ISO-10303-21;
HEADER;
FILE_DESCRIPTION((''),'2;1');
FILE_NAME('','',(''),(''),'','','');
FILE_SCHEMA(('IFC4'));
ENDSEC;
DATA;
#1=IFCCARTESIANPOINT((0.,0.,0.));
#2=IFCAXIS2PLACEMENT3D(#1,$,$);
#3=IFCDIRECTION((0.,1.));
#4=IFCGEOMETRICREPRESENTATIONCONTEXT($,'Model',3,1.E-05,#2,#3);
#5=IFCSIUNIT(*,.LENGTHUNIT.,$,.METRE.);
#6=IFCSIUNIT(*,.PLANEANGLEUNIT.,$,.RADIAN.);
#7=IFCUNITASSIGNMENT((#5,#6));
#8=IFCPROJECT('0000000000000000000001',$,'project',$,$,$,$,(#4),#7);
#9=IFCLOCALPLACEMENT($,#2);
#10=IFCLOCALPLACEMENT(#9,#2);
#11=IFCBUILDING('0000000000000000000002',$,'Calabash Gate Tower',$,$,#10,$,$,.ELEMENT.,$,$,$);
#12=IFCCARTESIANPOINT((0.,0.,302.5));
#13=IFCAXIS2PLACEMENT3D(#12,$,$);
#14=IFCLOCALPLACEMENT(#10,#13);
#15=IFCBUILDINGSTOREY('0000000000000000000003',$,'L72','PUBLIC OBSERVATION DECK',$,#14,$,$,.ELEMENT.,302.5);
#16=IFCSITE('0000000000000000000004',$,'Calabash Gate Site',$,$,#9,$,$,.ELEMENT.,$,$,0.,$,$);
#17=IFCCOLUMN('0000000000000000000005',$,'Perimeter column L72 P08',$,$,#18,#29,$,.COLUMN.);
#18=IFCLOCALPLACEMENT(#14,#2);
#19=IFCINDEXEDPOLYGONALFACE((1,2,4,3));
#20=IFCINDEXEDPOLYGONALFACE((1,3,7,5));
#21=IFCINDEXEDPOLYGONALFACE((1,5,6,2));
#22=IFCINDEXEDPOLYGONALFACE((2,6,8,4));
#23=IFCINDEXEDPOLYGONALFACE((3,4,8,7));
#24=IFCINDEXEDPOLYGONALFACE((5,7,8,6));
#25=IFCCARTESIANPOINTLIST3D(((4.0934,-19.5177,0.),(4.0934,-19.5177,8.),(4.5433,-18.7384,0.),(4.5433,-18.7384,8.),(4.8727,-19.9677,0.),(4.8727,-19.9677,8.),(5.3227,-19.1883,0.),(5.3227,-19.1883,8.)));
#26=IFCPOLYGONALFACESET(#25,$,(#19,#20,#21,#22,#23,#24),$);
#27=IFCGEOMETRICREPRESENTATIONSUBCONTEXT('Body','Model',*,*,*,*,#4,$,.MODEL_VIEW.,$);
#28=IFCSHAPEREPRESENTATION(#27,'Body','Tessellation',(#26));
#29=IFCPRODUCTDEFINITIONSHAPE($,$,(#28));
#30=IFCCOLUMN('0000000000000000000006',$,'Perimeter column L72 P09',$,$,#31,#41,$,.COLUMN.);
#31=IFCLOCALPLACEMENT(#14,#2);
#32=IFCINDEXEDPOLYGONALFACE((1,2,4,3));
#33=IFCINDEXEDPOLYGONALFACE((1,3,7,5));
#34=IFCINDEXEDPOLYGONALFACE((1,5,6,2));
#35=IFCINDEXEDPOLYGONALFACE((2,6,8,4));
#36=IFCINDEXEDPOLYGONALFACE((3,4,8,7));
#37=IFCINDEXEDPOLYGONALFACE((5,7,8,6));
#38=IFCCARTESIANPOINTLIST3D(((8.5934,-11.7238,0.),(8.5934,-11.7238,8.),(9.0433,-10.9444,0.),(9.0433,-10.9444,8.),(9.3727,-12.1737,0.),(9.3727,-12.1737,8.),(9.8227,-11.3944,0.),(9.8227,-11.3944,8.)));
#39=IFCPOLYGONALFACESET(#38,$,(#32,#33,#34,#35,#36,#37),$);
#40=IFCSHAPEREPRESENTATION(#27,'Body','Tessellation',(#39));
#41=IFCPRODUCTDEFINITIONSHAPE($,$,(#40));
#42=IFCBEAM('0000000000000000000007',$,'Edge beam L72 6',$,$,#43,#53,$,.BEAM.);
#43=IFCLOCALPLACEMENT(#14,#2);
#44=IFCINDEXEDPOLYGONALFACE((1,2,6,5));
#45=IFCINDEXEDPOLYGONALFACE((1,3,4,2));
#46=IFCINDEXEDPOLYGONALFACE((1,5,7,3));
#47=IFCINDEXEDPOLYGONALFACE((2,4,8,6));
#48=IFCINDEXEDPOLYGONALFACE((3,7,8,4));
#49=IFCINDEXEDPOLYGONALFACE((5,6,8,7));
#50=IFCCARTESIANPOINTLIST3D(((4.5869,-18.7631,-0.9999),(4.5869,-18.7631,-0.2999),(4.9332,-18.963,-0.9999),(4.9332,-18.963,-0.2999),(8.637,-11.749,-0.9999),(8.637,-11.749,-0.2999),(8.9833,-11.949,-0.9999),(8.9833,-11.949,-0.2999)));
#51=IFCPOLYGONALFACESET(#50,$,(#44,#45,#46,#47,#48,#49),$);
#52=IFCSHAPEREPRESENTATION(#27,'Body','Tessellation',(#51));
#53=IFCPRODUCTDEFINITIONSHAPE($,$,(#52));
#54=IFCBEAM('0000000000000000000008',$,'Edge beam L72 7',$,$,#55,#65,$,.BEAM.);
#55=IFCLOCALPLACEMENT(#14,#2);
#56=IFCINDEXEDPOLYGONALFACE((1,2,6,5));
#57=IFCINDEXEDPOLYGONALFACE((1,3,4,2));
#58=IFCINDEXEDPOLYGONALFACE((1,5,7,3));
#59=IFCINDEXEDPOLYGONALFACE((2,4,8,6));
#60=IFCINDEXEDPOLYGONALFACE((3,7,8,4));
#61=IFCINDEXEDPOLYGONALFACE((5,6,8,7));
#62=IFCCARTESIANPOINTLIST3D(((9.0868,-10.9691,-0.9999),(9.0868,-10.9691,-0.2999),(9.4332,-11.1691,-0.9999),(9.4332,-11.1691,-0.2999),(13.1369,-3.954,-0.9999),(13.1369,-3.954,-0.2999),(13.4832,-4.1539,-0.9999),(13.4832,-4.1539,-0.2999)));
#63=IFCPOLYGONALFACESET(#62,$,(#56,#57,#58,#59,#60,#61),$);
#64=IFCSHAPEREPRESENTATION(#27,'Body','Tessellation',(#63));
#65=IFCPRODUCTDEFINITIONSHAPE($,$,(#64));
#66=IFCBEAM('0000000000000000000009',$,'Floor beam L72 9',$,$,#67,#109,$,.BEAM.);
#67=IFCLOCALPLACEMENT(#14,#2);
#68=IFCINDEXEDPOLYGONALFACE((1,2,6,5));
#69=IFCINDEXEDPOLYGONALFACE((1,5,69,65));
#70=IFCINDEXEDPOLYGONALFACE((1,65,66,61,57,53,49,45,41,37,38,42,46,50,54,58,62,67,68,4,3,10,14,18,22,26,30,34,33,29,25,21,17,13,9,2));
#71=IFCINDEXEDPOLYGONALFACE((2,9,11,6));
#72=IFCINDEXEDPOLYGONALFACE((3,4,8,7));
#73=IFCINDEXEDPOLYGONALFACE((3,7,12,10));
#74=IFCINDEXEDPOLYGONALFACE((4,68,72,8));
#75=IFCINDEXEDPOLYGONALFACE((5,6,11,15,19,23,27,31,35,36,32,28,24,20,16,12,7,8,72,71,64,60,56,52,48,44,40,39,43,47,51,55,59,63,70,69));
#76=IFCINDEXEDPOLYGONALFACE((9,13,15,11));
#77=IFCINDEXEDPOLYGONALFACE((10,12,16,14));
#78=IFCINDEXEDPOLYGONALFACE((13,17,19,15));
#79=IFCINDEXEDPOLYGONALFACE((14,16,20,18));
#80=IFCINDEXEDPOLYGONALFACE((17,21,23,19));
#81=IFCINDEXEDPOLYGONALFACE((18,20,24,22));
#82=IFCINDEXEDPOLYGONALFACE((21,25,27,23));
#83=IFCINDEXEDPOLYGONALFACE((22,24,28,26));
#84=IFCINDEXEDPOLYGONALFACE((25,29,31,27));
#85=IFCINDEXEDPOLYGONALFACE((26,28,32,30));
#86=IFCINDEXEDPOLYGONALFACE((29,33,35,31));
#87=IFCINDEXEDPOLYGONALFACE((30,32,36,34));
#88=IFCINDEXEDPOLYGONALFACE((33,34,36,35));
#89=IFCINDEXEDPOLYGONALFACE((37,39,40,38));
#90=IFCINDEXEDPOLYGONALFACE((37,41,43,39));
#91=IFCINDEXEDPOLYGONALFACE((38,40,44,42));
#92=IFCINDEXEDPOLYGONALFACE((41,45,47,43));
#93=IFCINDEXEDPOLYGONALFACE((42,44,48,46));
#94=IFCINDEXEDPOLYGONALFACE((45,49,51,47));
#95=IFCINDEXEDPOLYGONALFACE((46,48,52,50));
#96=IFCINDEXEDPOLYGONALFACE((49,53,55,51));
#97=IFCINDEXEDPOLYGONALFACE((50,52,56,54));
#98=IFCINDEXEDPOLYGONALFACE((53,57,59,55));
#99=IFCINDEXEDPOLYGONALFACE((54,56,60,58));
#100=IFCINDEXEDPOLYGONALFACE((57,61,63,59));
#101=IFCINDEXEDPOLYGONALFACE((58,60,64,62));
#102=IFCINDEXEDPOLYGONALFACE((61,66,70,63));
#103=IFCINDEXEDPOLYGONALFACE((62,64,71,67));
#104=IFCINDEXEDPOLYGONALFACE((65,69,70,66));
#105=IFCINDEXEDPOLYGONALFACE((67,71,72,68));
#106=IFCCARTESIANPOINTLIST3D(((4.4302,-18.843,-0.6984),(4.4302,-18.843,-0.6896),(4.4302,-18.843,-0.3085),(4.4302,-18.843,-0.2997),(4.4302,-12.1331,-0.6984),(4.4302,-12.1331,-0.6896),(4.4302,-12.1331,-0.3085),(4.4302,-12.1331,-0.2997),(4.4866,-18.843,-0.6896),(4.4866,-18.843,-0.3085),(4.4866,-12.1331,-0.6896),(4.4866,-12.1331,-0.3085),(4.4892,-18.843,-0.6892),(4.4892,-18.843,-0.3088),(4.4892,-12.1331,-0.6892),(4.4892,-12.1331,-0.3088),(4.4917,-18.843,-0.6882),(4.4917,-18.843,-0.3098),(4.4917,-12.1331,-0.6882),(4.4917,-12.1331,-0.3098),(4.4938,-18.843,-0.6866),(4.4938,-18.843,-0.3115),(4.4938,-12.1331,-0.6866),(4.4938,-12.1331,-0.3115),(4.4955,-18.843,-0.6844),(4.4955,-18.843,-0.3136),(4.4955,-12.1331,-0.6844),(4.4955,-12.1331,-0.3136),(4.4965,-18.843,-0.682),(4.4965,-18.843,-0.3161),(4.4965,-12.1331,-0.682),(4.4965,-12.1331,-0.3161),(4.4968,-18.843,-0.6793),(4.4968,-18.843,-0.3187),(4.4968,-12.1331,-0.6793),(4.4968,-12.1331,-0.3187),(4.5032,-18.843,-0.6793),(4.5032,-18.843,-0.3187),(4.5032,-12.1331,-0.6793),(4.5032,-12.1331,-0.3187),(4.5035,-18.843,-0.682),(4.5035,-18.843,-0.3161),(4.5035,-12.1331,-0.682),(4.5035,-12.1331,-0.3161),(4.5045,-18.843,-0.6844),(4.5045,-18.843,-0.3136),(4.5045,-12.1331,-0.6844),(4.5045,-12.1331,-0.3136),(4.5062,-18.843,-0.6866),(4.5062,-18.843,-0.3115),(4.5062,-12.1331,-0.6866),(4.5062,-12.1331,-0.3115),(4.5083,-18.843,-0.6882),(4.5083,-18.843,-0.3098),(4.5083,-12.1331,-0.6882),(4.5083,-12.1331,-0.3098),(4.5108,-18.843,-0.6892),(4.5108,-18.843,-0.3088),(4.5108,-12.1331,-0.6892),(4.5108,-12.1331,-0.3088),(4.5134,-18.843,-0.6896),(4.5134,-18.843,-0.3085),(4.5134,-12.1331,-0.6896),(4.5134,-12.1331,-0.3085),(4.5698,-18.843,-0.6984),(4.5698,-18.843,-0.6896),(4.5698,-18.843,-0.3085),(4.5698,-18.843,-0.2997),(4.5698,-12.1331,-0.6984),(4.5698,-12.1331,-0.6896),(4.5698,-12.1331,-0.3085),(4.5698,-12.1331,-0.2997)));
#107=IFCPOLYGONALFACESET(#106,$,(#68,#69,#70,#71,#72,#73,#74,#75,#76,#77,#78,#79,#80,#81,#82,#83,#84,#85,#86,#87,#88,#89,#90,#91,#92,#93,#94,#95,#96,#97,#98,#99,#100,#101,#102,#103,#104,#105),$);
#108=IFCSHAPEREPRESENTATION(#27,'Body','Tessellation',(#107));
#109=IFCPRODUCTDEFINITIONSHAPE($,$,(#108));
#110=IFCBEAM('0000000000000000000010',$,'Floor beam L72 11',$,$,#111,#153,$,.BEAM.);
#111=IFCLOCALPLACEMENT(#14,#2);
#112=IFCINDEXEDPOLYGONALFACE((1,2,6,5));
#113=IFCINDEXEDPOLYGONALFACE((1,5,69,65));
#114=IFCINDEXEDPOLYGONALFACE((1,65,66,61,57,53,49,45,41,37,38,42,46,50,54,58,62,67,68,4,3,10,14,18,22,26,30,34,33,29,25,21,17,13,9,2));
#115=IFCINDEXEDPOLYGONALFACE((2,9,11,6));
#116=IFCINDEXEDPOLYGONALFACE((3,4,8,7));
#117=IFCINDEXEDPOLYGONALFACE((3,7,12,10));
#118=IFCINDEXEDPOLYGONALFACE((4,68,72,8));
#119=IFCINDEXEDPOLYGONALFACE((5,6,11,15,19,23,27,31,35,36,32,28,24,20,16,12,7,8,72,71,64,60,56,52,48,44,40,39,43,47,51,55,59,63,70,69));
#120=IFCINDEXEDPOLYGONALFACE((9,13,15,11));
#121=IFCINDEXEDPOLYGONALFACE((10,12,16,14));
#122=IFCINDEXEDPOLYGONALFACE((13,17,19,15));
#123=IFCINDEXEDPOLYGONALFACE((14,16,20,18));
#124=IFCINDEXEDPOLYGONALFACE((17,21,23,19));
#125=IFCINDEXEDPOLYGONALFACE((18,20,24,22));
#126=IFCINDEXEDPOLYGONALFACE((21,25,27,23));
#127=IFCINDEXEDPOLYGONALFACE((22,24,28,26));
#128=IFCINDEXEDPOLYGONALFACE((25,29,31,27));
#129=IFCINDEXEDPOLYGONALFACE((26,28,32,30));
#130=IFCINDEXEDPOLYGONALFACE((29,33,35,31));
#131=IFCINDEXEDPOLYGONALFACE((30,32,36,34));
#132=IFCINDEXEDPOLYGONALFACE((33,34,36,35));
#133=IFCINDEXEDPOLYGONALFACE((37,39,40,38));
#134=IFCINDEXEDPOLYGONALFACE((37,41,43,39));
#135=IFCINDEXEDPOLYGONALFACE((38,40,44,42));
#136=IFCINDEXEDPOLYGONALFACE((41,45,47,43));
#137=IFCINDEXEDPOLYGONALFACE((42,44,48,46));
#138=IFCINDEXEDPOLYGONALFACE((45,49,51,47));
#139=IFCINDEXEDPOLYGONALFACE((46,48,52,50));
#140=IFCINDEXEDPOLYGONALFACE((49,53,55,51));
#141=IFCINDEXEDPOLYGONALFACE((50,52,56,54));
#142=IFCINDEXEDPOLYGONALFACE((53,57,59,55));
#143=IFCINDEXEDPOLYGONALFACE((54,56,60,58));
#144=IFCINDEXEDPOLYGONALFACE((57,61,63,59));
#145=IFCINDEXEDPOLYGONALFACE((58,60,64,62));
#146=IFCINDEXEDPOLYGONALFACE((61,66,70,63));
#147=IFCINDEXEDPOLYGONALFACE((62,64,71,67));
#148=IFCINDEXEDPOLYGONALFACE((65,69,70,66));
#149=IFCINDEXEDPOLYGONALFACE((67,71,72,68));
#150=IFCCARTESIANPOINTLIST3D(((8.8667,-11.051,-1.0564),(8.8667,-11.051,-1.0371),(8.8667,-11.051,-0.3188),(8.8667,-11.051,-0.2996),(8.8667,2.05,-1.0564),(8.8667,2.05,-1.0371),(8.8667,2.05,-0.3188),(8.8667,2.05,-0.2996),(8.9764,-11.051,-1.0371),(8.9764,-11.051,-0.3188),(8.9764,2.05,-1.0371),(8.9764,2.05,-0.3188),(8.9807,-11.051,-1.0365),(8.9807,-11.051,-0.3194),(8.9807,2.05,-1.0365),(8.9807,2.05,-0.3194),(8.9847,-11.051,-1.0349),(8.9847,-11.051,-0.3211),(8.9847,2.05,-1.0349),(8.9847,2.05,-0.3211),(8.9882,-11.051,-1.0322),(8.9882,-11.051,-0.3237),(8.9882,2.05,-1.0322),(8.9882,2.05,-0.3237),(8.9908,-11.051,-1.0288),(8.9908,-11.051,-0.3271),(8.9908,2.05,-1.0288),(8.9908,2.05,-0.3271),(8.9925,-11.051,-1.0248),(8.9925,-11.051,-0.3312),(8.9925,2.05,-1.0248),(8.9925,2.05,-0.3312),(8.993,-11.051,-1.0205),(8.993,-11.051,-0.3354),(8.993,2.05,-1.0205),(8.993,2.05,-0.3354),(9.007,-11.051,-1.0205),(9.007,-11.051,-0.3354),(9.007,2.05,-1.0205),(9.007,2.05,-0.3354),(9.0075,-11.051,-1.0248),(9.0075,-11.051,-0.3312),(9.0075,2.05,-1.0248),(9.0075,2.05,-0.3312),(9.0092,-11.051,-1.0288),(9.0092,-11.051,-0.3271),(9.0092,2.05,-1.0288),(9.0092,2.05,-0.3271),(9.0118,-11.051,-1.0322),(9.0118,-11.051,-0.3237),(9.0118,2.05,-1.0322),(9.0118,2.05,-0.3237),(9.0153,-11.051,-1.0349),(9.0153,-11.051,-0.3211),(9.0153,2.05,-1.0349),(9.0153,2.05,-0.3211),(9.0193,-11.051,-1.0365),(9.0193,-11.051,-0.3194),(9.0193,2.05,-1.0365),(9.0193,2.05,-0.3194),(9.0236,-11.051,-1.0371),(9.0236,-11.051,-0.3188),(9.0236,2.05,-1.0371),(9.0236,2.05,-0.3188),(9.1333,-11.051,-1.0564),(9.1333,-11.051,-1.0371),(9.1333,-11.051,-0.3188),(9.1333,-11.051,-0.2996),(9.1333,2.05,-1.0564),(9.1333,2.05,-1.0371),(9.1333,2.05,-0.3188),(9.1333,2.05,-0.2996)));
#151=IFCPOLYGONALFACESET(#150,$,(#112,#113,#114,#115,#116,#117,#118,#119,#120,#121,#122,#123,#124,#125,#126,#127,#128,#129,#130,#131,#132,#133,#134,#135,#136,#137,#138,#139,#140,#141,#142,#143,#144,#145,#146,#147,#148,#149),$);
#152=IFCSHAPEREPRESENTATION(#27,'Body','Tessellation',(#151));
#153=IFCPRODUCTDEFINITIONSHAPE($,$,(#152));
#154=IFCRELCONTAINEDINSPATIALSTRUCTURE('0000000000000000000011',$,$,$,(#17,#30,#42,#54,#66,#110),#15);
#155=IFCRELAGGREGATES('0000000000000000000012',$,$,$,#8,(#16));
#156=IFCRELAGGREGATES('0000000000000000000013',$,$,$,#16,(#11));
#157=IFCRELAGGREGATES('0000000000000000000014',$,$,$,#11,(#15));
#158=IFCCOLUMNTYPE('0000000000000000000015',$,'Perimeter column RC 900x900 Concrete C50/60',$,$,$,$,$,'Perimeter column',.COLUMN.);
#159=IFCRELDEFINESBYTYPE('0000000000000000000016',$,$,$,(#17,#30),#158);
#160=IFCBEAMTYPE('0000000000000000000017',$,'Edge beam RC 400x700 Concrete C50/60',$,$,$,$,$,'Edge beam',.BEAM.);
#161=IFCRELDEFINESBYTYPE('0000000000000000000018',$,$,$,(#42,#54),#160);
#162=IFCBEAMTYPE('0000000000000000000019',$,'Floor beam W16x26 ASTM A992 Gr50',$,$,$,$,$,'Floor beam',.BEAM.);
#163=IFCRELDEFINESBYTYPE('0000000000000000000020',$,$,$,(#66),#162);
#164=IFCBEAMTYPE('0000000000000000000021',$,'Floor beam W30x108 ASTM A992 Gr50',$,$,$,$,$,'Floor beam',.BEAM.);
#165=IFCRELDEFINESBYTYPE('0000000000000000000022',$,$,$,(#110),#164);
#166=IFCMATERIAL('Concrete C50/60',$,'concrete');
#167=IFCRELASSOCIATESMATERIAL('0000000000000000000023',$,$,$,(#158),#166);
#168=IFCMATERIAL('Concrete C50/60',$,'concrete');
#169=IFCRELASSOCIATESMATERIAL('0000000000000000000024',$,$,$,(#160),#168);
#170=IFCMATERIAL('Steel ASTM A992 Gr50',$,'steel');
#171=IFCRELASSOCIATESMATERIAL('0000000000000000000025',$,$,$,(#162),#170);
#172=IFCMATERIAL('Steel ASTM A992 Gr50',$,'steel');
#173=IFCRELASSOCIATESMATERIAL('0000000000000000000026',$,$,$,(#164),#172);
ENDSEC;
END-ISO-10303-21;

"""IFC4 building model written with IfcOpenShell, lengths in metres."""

from ifc_helpers import new_model, si_unit, direction, frame, origin, origin_2d, place, context, subcontext, project, spatial, rectangle, i_section, extrude, material, material_profile, profile_set, type_object, element, save


model = new_model("IFC4")

# Units and contexts
model_context = context("Model", 3, precision=1e-05, world=origin(), true_north=direction((0.0, 1.0)))
body_context = subcontext(model_context, "Body", "Model", "MODEL_VIEW")
ifc_project = project(units=[si_unit("LENGTHUNIT", "METRE"), si_unit("PLANEANGLEUNIT", "RADIAN")], contexts=[model_context])

# Site, building, storey
site_placement = place(None, origin())
site = spatial("IfcSite", under=ifc_project, at=site_placement, Name="Calabash Gate Site", CompositionType="ELEMENT", RefElevation=0.0)
building_placement = place(site_placement, origin())
building = spatial("IfcBuilding", under=site, at=building_placement, Name="Calabash Gate Tower", CompositionType="ELEMENT")
storey_placement = place(building_placement, frame((0.0, 0.0, 302.5)))
storey = spatial("IfcBuildingStorey", under=building, at=storey_placement, Name="L72", Description="PUBLIC OBSERVATION DECK", CompositionType="ELEMENT", Elevation=302.5)

# Columns
ifc_material_1 = material(Name="Concrete C50/60", Category="concrete")
ifc_material_profile_1 = material_profile(ifc_material_1, rectangle(XDim=0.8999, YDim=0.8999, at=origin_2d()))
ifc_profile_set_1 = profile_set([ifc_material_profile_1], Name="Concrete C50/60")
column_type = type_object("IfcColumnType", Name="Perimeter column RC 900x900 Concrete C50/60", ElementType="Perimeter column", PredefinedType="COLUMN", material=ifc_profile_set_1)
for number, where, z_axis, x_axis, name in (
    (1, (4.708, -19.353, 0.0), (0.0, 0.0, 1.0), (0.5, 0.866025, 0.0), "Perimeter column L72 P08"),
    (2, (9.208, -11.5591, 0.0), (0.0, 0.0, 1.0), (0.5, 0.866025, 0.0), "Perimeter column L72 P09"),
):
    element("IfcColumn", number, at=place(storey_placement, frame(where, z_axis=z_axis, x_axis=x_axis)), inside=storey, type_object=column_type, Name=name, PredefinedType="COLUMN", context=body_context, shape_type="SweptSolid", body=[
        extrude(rectangle(XDim=0.8999, YDim=0.8999, at=origin_2d()), origin(), (0.0, 0.0, 1.0), 8.0),
    ])

# Beams
ifc_material_2 = material(Name="Concrete C50/60", Category="concrete")
ifc_material_profile_2 = material_profile(ifc_material_2, rectangle(XDim=0.3999, YDim=0.7, at=origin_2d()))
ifc_profile_set_2 = profile_set([ifc_material_profile_2], Name="Concrete C50/60")
beam_type_1 = type_object("IfcBeamType", Name="Edge beam RC 400x700 Concrete C50/60", ElementType="Edge beam", PredefinedType="BEAM", material=ifc_profile_set_2)
beam_1_placement = place(storey_placement, frame((4.76, -18.863, -0.6499), z_axis=(0.500052, 0.865995, 0.0), x_axis=(-0.865995, 0.500052, 0.0)))
element("IfcBeam", 3, at=beam_1_placement, inside=storey, type_object=beam_type_1, Name="Edge beam L72 6", PredefinedType="BEAM", context=body_context, shape_type="SweptSolid", body=[
    extrude(rectangle(XDim=0.3999, YDim=0.7, at=origin_2d()), origin(), (0.0, 0.0, 1.0), 8.0994),
])
beam_2_placement = place(storey_placement, frame((9.26, -11.0691, -0.6499), z_axis=(0.499987, 0.866033, 0.0), x_axis=(-0.866033, 0.499987, 0.0)))
element("IfcBeam", 4, at=beam_2_placement, inside=storey, type_object=beam_type_1, Name="Edge beam L72 7", PredefinedType="BEAM", context=body_context, shape_type="SweptSolid", body=[
    extrude(rectangle(XDim=0.3999, YDim=0.7, at=origin_2d()), origin(), (0.0, 0.0, 1.0), 8.1003),
])
ifc_material_3 = material(Name="Steel ASTM A992 Gr50", Category="steel")
ifc_material_profile_3 = material_profile(ifc_material_3, i_section(OverallWidth=0.1396, OverallDepth=0.3987, WebThickness=0.0063, FlangeThickness=0.0088, FilletRadius=0.0103, at=origin_2d()))
ifc_profile_set_3 = profile_set([ifc_material_profile_3], Name="Steel ASTM A992 Gr50")
beam_type_2 = type_object("IfcBeamType", Name="Floor beam W16x26 ASTM A992 Gr50", ElementType="Floor beam", PredefinedType="BEAM", material=ifc_profile_set_3)
beam_3_placement = place(storey_placement, frame((4.5, -18.843, -0.499), z_axis=(0.0, 1.0, 0.0), x_axis=(-1.0, 0.0, 0.0)))
element("IfcBeam", 5, at=beam_3_placement, inside=storey, type_object=beam_type_2, Name="Floor beam L72 9", PredefinedType="BEAM", context=body_context, shape_type="SweptSolid", body=[
    extrude(i_section(OverallWidth=0.1396, OverallDepth=0.3987, WebThickness=0.0063, FlangeThickness=0.0088, FilletRadius=0.0103, at=origin_2d()), origin(), (0.0, 0.0, 1.0), 6.71),
])
ifc_material_4 = material(Name="Steel ASTM A992 Gr50", Category="steel")
ifc_material_profile_4 = material_profile(ifc_material_4, i_section(OverallWidth=0.2666, OverallDepth=0.7568, WebThickness=0.0139, FlangeThickness=0.0193, FilletRadius=0.0166, at=origin_2d()))
ifc_profile_set_4 = profile_set([ifc_material_profile_4], Name="Steel ASTM A992 Gr50")
beam_type_3 = type_object("IfcBeamType", Name="Floor beam W30x108 ASTM A992 Gr50", ElementType="Floor beam", PredefinedType="BEAM", material=ifc_profile_set_4)
beam_4_placement = place(storey_placement, frame((9.0, -11.051, -0.678), z_axis=(0.0, 1.0, 0.0), x_axis=(-1.0, 0.0, 0.0)))
element("IfcBeam", 6, at=beam_4_placement, inside=storey, type_object=beam_type_3, Name="Floor beam L72 11", PredefinedType="BEAM", context=body_context, shape_type="SweptSolid", body=[
    extrude(i_section(OverallWidth=0.2666, OverallDepth=0.7568, WebThickness=0.0139, FlangeThickness=0.0193, FilletRadius=0.0166, at=origin_2d()), origin(), (0.0, 0.0, 1.0), 13.1011),
])

save(model, "model.ifc")
